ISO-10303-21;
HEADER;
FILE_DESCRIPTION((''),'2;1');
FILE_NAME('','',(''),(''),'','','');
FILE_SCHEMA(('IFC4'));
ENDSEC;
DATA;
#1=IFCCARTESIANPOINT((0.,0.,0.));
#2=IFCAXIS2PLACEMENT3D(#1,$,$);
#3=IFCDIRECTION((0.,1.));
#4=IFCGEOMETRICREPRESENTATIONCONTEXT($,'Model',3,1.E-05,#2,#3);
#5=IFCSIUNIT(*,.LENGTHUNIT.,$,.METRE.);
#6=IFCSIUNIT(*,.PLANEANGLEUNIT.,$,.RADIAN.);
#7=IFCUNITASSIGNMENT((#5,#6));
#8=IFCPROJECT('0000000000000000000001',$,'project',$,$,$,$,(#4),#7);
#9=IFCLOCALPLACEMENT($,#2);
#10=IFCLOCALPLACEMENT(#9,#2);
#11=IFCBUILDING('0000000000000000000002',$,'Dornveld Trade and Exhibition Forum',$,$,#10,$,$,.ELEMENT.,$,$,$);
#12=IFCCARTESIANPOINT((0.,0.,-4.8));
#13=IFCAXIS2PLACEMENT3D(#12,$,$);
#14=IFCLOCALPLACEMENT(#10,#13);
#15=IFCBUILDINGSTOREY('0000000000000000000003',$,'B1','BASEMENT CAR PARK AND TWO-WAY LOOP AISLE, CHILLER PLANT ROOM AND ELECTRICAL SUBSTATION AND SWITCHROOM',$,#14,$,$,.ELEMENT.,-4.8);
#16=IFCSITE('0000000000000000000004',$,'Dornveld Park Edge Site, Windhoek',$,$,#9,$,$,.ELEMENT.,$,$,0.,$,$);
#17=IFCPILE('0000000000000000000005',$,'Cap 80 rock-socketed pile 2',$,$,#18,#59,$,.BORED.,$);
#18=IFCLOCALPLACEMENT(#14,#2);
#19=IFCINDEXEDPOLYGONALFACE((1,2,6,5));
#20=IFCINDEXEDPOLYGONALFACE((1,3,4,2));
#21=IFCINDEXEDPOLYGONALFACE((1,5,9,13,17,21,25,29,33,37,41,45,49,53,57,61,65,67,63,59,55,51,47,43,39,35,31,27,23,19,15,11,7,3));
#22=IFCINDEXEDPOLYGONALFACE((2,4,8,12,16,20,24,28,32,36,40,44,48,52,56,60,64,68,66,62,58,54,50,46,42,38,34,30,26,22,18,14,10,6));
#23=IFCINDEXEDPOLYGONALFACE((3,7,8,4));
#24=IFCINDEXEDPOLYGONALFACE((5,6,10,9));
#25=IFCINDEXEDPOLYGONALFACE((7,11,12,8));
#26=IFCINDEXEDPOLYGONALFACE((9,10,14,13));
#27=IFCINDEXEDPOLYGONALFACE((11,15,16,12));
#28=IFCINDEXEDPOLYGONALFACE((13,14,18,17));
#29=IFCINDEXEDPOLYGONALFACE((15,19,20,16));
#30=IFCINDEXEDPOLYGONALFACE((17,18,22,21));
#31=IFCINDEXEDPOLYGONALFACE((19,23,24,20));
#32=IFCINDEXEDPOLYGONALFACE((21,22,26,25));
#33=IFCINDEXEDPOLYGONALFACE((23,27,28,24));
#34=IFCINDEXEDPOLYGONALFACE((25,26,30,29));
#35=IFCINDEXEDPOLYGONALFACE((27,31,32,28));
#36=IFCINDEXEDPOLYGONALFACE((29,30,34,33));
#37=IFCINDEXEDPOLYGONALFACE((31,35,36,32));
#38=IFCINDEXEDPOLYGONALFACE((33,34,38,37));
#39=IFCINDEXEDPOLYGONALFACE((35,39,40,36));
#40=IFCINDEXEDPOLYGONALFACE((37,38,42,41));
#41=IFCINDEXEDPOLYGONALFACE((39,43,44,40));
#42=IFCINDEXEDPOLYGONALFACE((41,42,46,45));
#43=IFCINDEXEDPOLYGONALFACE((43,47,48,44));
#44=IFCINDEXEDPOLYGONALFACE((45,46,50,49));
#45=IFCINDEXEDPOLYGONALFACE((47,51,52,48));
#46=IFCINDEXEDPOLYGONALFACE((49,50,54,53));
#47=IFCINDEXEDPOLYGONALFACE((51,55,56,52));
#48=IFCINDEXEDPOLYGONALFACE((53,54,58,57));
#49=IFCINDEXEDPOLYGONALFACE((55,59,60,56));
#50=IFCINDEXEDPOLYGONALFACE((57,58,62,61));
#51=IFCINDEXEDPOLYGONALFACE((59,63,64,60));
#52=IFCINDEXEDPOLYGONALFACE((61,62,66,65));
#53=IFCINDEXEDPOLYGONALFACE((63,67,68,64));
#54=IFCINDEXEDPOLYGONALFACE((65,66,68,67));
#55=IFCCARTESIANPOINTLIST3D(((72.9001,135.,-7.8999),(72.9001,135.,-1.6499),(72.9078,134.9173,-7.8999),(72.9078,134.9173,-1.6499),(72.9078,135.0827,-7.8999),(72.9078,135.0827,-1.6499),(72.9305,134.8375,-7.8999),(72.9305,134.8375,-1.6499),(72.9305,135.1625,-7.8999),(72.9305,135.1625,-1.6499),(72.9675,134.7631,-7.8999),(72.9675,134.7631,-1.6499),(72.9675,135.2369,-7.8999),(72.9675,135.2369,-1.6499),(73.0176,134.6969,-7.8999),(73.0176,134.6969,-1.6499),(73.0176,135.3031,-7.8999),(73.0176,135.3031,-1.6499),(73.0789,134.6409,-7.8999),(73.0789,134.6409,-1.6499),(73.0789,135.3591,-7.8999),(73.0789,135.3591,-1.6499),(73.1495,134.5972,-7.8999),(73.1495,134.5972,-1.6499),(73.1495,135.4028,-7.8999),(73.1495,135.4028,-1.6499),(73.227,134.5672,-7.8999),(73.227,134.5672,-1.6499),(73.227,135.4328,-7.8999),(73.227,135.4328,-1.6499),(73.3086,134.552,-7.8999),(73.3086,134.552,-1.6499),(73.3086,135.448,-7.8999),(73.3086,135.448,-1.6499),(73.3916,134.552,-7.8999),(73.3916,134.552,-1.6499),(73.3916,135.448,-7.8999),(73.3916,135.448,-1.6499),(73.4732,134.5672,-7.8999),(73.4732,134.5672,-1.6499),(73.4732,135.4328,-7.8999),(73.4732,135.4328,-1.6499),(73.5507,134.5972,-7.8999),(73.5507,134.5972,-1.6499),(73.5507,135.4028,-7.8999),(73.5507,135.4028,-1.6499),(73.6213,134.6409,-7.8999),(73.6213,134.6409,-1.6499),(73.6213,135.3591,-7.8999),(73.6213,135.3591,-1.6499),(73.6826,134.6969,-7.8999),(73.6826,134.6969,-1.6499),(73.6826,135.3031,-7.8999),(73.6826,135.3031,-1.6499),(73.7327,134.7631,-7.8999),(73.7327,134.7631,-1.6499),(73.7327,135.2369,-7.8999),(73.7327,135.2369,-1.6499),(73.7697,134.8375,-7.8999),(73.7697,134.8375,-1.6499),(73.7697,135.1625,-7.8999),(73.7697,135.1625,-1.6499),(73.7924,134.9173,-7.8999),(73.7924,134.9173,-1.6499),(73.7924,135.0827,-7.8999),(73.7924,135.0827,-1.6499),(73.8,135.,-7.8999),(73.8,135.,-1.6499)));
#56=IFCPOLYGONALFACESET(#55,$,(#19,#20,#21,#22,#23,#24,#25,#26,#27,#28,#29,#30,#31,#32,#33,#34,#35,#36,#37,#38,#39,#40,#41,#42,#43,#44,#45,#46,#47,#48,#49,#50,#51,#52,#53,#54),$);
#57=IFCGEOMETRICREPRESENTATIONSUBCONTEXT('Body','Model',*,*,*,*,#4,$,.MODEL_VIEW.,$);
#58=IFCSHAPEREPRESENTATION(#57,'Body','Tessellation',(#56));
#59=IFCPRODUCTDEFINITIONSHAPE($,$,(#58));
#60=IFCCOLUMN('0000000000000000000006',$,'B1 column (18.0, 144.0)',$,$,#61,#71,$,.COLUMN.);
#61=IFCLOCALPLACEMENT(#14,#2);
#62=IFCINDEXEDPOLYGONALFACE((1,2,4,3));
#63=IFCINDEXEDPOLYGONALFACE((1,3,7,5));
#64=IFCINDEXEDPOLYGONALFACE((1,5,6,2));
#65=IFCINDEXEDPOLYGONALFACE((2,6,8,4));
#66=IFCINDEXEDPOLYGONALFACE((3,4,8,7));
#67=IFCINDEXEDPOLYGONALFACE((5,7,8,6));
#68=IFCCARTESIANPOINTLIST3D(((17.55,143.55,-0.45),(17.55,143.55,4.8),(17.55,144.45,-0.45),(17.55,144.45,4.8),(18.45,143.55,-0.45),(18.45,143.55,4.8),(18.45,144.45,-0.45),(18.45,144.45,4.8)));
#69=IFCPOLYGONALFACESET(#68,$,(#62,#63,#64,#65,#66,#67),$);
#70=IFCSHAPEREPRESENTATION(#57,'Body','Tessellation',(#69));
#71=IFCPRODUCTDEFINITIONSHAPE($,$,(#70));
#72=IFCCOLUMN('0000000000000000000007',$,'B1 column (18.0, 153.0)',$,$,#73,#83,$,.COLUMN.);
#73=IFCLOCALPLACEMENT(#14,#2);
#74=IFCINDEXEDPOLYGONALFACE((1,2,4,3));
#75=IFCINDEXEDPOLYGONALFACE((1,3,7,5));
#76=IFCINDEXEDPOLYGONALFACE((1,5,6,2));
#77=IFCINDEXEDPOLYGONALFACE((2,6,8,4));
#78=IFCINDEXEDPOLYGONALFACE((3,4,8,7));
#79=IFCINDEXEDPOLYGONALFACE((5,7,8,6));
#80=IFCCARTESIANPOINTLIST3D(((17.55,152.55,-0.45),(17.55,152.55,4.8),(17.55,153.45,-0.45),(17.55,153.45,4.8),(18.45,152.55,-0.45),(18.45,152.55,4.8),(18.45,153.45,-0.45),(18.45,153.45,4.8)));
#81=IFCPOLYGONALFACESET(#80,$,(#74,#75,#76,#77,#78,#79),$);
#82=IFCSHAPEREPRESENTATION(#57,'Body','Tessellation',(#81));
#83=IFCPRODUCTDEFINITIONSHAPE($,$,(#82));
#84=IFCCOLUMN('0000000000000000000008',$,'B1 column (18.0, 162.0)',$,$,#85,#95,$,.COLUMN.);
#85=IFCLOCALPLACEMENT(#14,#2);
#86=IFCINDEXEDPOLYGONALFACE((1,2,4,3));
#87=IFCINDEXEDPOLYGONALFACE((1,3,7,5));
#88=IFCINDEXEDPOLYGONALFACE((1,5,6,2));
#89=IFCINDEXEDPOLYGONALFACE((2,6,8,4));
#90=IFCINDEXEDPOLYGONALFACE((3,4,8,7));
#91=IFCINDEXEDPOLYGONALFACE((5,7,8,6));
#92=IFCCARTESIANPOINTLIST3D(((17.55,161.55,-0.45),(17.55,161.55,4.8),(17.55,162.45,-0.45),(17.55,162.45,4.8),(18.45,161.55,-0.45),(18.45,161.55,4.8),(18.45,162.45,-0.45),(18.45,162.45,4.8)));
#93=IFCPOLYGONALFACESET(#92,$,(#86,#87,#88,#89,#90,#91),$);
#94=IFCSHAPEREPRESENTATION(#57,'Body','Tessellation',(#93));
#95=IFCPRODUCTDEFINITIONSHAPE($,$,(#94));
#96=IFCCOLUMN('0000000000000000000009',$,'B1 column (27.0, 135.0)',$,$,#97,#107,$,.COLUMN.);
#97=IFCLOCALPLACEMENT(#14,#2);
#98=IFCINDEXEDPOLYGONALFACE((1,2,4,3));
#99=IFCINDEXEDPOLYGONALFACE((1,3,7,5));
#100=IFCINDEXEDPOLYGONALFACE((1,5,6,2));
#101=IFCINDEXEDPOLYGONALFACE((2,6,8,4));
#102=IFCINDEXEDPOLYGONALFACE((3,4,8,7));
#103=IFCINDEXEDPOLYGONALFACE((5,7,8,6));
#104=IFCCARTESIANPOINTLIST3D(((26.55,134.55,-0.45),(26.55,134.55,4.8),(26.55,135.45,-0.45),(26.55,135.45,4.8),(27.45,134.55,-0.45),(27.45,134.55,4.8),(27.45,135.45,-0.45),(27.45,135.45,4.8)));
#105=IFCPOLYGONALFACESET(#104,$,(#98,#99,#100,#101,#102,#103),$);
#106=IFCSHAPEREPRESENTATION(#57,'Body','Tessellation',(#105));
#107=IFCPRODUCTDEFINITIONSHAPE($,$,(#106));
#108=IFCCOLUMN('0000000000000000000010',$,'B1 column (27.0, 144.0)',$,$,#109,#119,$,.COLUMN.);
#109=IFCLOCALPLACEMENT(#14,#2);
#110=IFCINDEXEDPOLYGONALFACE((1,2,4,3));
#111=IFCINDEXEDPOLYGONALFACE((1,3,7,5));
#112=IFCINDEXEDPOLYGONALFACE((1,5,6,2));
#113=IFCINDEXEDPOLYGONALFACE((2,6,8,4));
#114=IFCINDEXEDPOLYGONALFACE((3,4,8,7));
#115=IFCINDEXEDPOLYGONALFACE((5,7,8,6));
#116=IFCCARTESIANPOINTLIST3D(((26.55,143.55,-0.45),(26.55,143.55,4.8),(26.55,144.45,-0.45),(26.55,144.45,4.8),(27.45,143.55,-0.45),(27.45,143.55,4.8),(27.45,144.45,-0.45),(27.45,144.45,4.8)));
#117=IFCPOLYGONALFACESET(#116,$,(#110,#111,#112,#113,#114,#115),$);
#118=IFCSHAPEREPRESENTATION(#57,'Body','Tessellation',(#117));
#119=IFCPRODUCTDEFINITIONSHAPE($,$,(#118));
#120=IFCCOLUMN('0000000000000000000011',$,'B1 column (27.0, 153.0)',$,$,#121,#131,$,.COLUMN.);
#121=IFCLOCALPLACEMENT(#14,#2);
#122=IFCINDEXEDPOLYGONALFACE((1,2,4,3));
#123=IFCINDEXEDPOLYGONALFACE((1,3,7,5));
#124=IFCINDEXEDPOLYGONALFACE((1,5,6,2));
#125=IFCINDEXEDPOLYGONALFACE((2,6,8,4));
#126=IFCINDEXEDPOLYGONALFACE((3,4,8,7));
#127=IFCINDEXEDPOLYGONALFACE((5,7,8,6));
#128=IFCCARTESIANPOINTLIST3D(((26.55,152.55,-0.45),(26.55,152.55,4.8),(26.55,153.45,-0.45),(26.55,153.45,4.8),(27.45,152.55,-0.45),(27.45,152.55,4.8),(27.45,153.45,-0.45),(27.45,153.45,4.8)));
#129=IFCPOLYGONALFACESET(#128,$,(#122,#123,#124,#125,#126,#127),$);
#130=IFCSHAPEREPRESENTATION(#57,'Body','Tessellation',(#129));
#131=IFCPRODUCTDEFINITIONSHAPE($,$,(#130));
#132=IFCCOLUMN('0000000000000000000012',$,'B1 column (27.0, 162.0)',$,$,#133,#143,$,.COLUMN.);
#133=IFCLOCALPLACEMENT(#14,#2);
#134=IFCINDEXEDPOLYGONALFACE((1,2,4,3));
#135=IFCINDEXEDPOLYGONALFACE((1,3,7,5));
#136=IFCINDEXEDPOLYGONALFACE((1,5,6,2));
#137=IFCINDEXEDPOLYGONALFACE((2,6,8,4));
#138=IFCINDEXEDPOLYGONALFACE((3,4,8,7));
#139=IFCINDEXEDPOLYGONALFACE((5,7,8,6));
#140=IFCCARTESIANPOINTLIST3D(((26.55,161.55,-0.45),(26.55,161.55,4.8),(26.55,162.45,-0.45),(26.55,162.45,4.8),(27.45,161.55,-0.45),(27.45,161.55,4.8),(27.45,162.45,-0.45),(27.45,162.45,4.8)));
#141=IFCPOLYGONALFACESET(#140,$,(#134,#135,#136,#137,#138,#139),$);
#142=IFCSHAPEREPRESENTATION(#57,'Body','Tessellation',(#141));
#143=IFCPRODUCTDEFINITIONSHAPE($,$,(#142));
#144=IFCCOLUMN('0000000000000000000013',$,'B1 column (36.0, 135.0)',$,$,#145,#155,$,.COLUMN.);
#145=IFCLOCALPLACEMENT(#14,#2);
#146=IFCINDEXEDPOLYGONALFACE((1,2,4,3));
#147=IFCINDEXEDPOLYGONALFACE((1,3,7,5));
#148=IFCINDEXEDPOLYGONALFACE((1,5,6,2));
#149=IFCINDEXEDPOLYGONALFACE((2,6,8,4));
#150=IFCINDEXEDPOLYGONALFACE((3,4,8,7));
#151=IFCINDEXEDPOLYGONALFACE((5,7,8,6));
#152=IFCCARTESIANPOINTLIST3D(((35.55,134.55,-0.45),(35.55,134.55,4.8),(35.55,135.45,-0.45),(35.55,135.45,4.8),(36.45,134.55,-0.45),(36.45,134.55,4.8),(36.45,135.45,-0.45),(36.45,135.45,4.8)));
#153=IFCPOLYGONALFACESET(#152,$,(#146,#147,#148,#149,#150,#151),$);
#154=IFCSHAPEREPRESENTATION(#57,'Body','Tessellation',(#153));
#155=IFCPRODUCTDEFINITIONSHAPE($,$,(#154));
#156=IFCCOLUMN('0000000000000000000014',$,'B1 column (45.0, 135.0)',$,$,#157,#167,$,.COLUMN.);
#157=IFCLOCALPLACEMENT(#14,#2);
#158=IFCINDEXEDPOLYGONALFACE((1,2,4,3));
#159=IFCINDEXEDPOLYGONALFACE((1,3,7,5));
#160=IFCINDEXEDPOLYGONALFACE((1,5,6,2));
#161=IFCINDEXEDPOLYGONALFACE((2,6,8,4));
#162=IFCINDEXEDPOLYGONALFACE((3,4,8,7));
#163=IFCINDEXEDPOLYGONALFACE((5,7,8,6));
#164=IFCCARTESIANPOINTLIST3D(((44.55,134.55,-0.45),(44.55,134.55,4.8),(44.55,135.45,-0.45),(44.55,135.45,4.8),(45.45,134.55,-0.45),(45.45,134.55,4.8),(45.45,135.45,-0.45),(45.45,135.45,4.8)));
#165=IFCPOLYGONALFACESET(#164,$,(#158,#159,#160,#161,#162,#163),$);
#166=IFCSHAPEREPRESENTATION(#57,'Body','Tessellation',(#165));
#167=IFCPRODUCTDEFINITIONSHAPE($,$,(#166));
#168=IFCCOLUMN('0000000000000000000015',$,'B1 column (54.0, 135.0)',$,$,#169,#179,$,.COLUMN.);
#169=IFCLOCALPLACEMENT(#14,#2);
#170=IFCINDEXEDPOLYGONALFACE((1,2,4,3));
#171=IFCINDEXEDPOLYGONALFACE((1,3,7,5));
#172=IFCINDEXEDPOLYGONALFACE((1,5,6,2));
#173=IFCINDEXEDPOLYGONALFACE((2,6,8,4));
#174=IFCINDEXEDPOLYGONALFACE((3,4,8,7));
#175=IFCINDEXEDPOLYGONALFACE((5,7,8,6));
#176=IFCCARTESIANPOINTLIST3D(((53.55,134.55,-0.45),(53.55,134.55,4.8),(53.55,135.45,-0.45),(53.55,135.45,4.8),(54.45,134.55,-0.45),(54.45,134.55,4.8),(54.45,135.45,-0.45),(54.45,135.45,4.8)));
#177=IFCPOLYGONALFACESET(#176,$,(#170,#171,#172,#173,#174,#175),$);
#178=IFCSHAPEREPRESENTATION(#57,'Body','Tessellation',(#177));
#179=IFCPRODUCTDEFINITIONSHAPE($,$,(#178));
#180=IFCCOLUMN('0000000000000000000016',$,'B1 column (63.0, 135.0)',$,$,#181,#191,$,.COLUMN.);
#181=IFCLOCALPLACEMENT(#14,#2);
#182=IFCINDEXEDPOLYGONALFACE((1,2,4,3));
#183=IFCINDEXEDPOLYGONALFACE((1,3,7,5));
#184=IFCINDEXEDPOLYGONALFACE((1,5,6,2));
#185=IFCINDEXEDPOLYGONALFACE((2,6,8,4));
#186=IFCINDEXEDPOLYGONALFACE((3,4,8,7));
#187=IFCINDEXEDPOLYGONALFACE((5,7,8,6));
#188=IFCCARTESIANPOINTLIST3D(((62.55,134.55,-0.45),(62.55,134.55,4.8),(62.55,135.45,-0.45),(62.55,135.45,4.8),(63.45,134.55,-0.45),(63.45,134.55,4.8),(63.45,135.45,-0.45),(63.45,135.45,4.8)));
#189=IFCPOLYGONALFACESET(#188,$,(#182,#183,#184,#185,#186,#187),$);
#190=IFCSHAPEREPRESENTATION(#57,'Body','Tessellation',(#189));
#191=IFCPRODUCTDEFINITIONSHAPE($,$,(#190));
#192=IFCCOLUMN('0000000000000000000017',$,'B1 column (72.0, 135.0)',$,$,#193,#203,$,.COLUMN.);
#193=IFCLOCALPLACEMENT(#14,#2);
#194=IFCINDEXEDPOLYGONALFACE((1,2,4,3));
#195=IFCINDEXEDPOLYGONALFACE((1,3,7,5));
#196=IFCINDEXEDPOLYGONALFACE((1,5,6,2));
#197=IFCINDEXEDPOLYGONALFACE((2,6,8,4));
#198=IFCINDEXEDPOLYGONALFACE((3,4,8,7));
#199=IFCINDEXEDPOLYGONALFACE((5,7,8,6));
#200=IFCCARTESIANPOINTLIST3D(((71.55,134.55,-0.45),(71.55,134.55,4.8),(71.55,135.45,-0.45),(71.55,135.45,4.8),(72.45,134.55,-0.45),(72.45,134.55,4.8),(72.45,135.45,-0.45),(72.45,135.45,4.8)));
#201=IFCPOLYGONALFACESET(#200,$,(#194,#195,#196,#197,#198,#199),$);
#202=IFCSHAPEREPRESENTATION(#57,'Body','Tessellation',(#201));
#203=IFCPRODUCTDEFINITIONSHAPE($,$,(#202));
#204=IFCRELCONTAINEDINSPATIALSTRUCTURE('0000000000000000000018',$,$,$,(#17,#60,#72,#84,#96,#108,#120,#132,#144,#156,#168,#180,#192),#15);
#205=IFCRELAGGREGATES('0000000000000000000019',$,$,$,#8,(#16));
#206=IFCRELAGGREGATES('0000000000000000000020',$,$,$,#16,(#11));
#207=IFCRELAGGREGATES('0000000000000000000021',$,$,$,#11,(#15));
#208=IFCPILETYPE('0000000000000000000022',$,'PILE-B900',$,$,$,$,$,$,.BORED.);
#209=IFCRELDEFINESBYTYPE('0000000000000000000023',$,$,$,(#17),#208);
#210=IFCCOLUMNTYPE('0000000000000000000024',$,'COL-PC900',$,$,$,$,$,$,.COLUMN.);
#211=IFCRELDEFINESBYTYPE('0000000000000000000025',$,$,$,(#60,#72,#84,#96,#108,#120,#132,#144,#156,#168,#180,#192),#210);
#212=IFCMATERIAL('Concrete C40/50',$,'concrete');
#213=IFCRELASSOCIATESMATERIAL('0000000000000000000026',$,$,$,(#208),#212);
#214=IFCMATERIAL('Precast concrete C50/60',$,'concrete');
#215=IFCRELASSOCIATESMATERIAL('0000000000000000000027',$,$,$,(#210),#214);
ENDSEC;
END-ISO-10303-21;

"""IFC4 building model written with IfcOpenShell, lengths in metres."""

from ifc_helpers import new_model, si_unit, direction, frame, origin, origin_2d, place, context, subcontext, project, spatial, rectangle, circle, extrude, material, material_profile, profile_set, type_object, element, save


model = new_model("IFC4")

# Units and contexts
model_context = context("Model", 3, precision=1e-05, world=origin(), true_north=direction((0.0, 1.0)))
body_context = subcontext(model_context, "Body", "Model", "MODEL_VIEW")
ifc_project = project(units=[si_unit("LENGTHUNIT", "METRE"), si_unit("PLANEANGLEUNIT", "RADIAN")], contexts=[model_context])

# Site, building, storey
site_placement = place(None, origin())
site = spatial("IfcSite", under=ifc_project, at=site_placement, Name="Dornveld Park Edge Site, Windhoek", CompositionType="ELEMENT", RefElevation=0.0)
building_placement = place(site_placement, origin())
building = spatial("IfcBuilding", under=site, at=building_placement, Name="Dornveld Trade and Exhibition Forum", CompositionType="ELEMENT")
storey_placement = place(building_placement, frame((0.0, 0.0, -4.8)))
storey = spatial("IfcBuildingStorey", under=building, at=storey_placement, Name="B1", Description="BASEMENT CAR PARK AND TWO-WAY LOOP AISLE, CHILLER PLANT ROOM AND ELECTRICAL SUBSTATION AND SWITCHROOM", CompositionType="ELEMENT", Elevation=-4.8)

# Pile
ifc_material_1 = material(Name="Concrete C40/50", Category="concrete")
ifc_material_profile_1 = material_profile(ifc_material_1, circle(Radius=0.45, at=origin_2d()), Name="PILE D900")
ifc_profile_set_1 = profile_set([ifc_material_profile_1], Name="Concrete C40/50")
pile_type = type_object("IfcPileType", Name="PILE-B900", PredefinedType="BORED", material=ifc_profile_set_1)
for number, where, z_axis, x_axis, name in (
    (1, (73.3501, 135.0, -1.6499), (0.0, 0.0, -1.0), (1.0, 0.0, 0.0), "Cap 80 rock-socketed pile 2"),
):
    element("IfcPile", number, at=place(storey_placement, frame(where, z_axis=z_axis, x_axis=x_axis)), inside=storey, type_object=pile_type, Name=name, PredefinedType="BORED", context=body_context, shape_type="SweptSolid", body=[
        extrude(circle(Radius=0.45, at=origin_2d()), origin(), (0.0, 0.0, 1.0), 6.25),
    ])

# Columns
ifc_material_2 = material(Name="Precast concrete C50/60", Category="concrete")
ifc_material_profile_2 = material_profile(ifc_material_2, rectangle(XDim=0.8999, YDim=0.8999, at=origin_2d()), Name="PC-COL 900x900")
ifc_profile_set_2 = profile_set([ifc_material_profile_2], Name="Precast concrete C50/60")
column_type = type_object("IfcColumnType", Name="COL-PC900", PredefinedType="COLUMN", material=ifc_profile_set_2)
for number, where, z_axis, x_axis, name in (
    (2, (18.0, 144.0, -0.45), (0.0, 0.0, 1.0), (1.0, 0.0, 0.0), "B1 column (18.0, 144.0)"),
    (3, (18.0, 153.0, -0.45), (0.0, 0.0, 1.0), (1.0, 0.0, 0.0), "B1 column (18.0, 153.0)"),
    (4, (18.0, 162.0, -0.45), (0.0, 0.0, 1.0), (1.0, 0.0, 0.0), "B1 column (18.0, 162.0)"),
    (5, (27.0, 135.0, -0.45), (0.0, 0.0, 1.0), (1.0, 0.0, 0.0), "B1 column (27.0, 135.0)"),
    (6, (27.0, 144.0, -0.45), (0.0, 0.0, 1.0), (1.0, 0.0, 0.0), "B1 column (27.0, 144.0)"),
    (7, (27.0, 153.0, -0.45), (0.0, 0.0, 1.0), (1.0, 0.0, 0.0), "B1 column (27.0, 153.0)"),
    (8, (27.0, 162.0, -0.45), (0.0, 0.0, 1.0), (1.0, 0.0, 0.0), "B1 column (27.0, 162.0)"),
    (9, (36.0, 135.0, -0.45), (0.0, 0.0, 1.0), (1.0, 0.0, 0.0), "B1 column (36.0, 135.0)"),
    (10, (45.0, 135.0, -0.45), (0.0, 0.0, 1.0), (1.0, 0.0, 0.0), "B1 column (45.0, 135.0)"),
    (11, (54.0, 135.0, -0.45), (0.0, 0.0, 1.0), (1.0, 0.0, 0.0), "B1 column (54.0, 135.0)"),
    (12, (63.0, 135.0, -0.45), (0.0, 0.0, 1.0), (1.0, 0.0, 0.0), "B1 column (63.0, 135.0)"),
    (13, (72.0, 135.0, -0.45), (0.0, 0.0, 1.0), (1.0, 0.0, 0.0), "B1 column (72.0, 135.0)"),
):
    element("IfcColumn", number, at=place(storey_placement, frame(where, z_axis=z_axis, x_axis=x_axis)), inside=storey, type_object=column_type, Name=name, PredefinedType="COLUMN", context=body_context, shape_type="SweptSolid", body=[
        extrude(rectangle(XDim=0.8999, YDim=0.8999, at=origin_2d()), origin(), (0.0, 0.0, 1.0), 5.25),
    ])

save(model, "model.ifc")
